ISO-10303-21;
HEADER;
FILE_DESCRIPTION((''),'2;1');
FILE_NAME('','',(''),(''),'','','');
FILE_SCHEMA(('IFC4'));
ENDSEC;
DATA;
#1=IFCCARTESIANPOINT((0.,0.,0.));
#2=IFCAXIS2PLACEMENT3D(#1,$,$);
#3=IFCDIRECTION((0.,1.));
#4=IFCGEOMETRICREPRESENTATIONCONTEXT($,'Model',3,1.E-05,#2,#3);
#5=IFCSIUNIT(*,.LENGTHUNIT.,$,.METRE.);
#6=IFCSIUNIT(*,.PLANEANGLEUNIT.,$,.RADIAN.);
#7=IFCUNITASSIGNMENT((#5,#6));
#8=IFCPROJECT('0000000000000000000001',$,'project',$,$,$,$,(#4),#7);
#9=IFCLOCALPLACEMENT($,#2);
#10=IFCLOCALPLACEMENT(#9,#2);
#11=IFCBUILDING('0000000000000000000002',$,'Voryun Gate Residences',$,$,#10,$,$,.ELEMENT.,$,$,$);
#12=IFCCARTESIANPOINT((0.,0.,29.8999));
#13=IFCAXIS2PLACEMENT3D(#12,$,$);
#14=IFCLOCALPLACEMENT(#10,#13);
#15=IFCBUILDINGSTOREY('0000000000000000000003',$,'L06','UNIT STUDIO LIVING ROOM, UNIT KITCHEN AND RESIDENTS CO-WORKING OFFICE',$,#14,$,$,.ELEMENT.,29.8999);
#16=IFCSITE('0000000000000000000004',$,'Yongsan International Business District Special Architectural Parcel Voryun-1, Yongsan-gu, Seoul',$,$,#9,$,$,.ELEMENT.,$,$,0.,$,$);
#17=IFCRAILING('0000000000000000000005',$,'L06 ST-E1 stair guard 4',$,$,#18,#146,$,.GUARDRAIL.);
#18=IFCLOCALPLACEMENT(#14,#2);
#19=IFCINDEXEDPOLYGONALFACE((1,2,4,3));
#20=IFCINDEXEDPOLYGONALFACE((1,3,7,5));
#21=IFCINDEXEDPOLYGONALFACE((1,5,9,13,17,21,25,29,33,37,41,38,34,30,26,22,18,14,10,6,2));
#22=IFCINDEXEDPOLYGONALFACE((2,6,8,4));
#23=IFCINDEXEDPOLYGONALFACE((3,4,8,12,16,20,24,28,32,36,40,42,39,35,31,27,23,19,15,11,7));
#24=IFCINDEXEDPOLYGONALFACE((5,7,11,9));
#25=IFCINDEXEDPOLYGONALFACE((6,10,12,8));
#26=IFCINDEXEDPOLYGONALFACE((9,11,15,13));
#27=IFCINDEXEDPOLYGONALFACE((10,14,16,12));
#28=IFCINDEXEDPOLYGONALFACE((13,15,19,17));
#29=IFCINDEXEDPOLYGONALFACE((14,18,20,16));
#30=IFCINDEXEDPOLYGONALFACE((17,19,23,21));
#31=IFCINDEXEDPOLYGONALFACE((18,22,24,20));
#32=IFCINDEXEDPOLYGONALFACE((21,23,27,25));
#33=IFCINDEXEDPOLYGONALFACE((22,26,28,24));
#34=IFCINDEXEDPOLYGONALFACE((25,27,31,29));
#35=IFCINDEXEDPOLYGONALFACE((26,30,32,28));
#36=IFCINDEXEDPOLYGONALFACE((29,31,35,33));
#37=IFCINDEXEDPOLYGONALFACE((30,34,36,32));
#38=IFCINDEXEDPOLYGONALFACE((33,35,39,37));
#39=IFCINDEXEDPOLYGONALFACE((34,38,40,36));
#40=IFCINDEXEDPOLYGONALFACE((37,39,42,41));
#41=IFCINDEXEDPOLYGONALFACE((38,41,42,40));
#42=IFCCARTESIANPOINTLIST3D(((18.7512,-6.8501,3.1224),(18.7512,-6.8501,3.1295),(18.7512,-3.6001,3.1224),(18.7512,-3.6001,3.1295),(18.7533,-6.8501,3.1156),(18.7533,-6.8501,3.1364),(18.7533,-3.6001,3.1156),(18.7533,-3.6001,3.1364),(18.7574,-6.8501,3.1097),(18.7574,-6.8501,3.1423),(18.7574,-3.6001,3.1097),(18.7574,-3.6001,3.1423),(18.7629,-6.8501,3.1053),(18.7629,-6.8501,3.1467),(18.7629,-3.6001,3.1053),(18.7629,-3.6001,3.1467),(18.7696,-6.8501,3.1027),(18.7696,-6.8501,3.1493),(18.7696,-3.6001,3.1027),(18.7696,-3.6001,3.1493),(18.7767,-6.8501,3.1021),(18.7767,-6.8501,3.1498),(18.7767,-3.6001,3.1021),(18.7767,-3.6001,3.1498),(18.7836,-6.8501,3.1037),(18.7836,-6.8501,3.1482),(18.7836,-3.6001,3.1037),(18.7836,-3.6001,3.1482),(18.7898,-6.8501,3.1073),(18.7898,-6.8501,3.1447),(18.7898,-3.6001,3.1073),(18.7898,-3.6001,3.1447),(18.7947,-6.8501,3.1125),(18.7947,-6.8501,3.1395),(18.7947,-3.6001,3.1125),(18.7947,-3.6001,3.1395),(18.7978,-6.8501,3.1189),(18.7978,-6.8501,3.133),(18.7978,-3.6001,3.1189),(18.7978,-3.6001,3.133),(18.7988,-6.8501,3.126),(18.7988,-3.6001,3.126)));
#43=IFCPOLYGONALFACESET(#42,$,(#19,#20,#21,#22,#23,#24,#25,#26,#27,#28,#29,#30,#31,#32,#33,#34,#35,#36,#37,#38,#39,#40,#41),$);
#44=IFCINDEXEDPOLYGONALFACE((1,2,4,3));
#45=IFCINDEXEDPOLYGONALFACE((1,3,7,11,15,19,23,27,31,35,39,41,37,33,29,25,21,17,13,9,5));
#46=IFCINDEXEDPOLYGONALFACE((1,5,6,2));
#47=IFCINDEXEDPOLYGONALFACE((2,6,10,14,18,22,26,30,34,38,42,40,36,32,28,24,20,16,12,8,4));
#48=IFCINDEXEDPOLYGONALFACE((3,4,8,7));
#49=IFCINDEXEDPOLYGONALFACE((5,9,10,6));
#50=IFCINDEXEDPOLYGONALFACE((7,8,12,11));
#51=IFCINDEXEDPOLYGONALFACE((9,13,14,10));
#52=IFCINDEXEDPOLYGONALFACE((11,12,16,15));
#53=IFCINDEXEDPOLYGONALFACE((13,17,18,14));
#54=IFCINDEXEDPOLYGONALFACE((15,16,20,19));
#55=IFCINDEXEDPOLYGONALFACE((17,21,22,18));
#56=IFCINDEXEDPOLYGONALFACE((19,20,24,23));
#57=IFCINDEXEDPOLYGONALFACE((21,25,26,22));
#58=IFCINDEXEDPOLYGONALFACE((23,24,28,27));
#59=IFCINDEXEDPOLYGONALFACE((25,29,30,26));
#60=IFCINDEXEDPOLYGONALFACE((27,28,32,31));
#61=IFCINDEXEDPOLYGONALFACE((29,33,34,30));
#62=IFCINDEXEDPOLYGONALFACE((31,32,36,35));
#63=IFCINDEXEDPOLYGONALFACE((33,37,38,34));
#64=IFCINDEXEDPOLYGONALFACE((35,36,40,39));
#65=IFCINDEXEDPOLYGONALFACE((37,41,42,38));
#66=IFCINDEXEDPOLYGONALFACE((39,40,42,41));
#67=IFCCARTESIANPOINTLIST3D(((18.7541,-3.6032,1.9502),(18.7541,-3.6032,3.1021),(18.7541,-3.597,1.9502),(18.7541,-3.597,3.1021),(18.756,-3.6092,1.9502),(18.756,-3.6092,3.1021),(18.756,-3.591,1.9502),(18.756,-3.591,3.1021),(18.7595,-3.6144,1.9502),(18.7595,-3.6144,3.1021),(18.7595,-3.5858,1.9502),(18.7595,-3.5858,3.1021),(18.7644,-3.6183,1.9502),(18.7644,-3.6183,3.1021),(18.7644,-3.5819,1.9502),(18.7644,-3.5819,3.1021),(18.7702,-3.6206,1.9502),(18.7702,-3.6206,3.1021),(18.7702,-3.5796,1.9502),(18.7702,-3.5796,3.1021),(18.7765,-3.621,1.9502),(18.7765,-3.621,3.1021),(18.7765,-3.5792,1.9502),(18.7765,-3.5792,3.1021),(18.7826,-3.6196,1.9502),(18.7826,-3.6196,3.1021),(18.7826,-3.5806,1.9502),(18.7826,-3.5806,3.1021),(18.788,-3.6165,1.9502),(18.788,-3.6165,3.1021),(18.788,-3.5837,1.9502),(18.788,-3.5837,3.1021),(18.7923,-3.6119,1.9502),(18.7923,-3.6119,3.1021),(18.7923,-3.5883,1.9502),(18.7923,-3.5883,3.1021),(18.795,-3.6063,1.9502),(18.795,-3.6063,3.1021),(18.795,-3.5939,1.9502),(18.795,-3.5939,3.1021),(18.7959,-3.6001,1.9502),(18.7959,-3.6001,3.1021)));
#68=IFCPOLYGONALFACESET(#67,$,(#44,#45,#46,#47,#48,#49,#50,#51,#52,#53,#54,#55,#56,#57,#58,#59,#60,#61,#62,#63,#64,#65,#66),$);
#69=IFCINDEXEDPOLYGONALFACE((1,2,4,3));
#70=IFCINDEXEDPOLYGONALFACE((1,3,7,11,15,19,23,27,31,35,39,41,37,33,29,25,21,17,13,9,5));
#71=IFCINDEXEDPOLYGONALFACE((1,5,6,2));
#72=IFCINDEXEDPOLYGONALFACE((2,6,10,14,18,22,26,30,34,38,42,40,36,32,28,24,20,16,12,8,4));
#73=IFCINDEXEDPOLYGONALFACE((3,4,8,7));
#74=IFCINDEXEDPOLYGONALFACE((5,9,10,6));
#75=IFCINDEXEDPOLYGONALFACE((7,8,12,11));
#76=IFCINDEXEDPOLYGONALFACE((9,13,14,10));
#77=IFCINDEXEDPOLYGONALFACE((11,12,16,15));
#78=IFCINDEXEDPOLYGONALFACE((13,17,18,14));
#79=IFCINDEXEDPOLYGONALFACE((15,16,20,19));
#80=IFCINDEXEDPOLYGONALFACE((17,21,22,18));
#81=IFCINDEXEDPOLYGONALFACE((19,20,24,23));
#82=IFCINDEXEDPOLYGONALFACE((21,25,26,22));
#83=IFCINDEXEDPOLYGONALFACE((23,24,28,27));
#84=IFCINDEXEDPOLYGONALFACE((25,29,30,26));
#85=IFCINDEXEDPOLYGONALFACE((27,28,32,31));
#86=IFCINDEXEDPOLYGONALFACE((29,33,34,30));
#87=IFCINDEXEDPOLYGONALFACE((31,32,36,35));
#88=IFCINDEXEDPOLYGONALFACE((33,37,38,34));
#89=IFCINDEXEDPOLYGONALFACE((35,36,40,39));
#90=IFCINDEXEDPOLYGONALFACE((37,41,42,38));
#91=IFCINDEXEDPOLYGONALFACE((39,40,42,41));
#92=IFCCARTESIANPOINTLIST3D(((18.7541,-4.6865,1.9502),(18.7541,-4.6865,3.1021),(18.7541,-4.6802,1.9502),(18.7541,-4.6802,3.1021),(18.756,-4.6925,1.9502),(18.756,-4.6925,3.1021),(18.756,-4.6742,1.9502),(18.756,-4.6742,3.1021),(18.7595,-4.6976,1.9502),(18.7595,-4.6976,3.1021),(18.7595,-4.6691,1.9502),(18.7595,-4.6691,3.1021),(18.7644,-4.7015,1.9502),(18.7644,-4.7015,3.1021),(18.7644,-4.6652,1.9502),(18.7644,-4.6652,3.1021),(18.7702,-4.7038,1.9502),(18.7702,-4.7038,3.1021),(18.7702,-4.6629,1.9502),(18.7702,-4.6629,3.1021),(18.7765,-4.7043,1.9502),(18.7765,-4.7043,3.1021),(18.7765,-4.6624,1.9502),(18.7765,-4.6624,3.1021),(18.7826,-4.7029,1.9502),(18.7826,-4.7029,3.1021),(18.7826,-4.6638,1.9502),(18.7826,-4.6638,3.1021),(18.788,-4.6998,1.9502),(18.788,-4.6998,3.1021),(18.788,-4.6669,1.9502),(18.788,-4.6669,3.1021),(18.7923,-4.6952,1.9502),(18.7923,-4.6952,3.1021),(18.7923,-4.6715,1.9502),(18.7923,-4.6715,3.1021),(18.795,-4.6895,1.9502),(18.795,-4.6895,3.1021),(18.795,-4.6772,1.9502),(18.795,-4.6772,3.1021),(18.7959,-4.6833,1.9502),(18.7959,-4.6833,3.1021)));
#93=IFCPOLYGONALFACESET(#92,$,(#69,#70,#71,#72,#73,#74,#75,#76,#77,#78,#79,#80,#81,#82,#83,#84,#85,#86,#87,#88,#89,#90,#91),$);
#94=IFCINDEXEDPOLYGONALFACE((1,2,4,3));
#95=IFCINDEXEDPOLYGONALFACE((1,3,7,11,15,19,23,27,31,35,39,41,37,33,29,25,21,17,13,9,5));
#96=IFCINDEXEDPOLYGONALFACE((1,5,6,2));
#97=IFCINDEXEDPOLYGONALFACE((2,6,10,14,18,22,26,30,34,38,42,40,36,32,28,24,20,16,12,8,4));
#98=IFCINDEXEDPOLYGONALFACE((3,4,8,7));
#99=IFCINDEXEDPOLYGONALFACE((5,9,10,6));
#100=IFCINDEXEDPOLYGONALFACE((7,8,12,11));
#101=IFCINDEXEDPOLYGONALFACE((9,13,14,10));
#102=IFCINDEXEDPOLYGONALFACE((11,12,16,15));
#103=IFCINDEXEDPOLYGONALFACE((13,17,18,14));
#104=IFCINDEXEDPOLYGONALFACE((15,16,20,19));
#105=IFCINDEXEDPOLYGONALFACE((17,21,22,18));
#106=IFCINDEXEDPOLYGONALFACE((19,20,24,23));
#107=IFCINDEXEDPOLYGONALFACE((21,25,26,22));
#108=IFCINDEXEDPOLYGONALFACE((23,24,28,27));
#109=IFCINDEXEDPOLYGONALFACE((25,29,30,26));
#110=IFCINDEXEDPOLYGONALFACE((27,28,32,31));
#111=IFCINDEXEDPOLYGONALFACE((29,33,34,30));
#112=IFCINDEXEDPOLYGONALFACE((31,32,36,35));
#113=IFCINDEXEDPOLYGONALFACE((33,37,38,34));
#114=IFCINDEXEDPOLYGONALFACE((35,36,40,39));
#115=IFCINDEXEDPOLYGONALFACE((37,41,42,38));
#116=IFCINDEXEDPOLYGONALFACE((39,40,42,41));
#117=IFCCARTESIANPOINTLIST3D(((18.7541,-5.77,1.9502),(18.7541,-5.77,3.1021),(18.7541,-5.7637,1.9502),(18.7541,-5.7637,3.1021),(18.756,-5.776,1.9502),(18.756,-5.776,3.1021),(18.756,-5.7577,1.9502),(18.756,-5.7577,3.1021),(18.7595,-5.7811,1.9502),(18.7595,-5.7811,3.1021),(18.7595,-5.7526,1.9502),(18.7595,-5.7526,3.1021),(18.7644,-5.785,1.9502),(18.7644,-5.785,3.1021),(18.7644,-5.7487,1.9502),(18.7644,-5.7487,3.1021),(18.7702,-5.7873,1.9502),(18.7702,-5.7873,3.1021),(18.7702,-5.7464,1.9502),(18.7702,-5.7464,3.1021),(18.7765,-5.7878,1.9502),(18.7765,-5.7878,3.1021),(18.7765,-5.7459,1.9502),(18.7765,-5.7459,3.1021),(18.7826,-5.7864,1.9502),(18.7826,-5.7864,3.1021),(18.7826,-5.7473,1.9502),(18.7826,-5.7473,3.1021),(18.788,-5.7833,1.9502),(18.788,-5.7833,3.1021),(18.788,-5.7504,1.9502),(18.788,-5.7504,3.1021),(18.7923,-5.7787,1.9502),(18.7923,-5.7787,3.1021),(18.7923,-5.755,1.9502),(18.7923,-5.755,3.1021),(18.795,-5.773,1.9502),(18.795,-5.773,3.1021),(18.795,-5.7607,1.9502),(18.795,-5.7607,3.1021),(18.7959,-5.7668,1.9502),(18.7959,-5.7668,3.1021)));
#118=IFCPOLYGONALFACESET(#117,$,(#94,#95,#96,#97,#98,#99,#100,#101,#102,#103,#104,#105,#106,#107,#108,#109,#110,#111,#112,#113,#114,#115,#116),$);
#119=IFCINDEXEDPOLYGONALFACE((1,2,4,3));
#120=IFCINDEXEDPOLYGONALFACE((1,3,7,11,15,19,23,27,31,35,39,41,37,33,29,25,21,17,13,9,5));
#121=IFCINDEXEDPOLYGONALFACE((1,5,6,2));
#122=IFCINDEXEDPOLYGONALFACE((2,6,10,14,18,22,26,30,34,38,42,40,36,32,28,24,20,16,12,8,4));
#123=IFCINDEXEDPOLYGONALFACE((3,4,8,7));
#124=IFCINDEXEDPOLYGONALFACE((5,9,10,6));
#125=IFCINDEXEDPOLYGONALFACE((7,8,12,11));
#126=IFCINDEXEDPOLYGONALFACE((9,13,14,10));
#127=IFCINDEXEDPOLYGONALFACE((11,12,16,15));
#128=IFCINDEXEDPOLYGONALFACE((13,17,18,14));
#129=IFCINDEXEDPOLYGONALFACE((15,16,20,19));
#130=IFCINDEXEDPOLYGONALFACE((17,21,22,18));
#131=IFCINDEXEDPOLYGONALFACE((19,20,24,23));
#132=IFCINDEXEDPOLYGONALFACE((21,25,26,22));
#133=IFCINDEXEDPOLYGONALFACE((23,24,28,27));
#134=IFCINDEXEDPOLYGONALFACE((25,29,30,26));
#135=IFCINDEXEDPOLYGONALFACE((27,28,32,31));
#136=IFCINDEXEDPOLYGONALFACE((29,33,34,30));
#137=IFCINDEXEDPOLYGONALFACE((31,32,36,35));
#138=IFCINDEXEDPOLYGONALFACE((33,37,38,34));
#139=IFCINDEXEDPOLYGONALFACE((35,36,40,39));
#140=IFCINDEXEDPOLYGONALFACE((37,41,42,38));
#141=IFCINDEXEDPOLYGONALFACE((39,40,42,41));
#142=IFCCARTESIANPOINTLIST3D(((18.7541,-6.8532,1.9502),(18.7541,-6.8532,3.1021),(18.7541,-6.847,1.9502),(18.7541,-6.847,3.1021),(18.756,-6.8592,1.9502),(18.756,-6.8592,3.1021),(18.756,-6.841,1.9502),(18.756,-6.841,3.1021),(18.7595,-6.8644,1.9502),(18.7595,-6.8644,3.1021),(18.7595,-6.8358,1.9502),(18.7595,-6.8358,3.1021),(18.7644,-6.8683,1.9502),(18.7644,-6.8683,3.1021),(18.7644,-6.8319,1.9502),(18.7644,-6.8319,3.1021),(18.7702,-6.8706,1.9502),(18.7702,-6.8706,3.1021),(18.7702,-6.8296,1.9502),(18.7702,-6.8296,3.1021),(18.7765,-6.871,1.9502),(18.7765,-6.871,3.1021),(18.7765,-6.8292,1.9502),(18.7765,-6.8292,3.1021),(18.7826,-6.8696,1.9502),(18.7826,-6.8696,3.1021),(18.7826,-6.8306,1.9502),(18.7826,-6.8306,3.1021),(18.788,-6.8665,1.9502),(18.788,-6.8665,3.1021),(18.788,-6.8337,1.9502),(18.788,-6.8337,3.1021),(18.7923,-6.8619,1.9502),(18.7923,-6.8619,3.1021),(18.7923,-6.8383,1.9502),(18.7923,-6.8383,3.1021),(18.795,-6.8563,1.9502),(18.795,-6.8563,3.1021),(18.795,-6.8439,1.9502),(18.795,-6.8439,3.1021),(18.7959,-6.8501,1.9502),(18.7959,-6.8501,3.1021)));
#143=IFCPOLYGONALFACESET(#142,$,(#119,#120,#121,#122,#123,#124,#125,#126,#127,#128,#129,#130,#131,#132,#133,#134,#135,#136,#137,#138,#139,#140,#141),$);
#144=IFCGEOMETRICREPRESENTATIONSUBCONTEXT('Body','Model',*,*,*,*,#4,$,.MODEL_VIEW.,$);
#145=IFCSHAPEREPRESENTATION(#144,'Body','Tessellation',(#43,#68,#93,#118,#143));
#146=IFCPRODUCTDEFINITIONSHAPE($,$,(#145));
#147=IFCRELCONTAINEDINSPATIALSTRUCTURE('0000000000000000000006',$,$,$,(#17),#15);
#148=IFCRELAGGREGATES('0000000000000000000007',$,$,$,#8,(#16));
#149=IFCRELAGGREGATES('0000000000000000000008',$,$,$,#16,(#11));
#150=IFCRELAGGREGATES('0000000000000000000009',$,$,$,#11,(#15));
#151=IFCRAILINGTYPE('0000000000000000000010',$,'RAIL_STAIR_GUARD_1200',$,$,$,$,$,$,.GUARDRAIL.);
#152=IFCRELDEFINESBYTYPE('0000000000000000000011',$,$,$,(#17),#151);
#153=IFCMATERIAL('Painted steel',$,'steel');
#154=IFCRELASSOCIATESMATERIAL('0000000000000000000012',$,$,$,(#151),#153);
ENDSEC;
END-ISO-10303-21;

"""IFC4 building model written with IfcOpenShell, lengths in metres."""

from ifc_helpers import new_model, si_unit, direction, frame, origin, origin_2d, place, context, subcontext, project, spatial, circle, extrude, material, type_object, element, save


model = new_model("IFC4")

# Units and contexts
model_context = context("Model", 3, precision=1e-05, world=origin(), true_north=direction((0.0, 1.0)))
body_context = subcontext(model_context, "Body", "Model", "MODEL_VIEW")
ifc_project = project(units=[si_unit("LENGTHUNIT", "METRE"), si_unit("PLANEANGLEUNIT", "RADIAN")], contexts=[model_context])

# Site, building, storey
site_placement = place(None, origin())
site = spatial("IfcSite", under=ifc_project, at=site_placement, Name="Yongsan International Business District Special Architectural Parcel Voryun-1, Yongsan-gu, Seoul", CompositionType="ELEMENT", RefElevation=0.0)
building_placement = place(site_placement, origin())
building = spatial("IfcBuilding", under=site, at=building_placement, Name="Voryun Gate Residences", CompositionType="ELEMENT")
storey_placement = place(building_placement, frame((0.0, 0.0, 29.8999)))
storey = spatial("IfcBuildingStorey", under=building, at=storey_placement, Name="L06", Description="UNIT STUDIO LIVING ROOM, UNIT KITCHEN AND RESIDENTS CO-WORKING OFFICE", CompositionType="ELEMENT", Elevation=29.8999)

# Railing
ifc_material_1 = material(Name="Painted steel", Category="steel")
railing_type_1 = type_object("IfcRailingType", Name="RAIL_STAIR_GUARD_1200", PredefinedType="GUARDRAIL", material=ifc_material_1)
for number, where, name in (
    (1, (18.7749, -3.6001, 1.9502), "L06 ST-E1 stair guard 4"),
):
    element("IfcRailing", number, at=place(storey_placement, frame(where)), inside=storey, type_object=railing_type_1, Name=name, PredefinedType="GUARDRAIL", context=body_context, shape_type="SweptSolid", body=[
        extrude(circle(Radius=0.0239, at=origin_2d()), frame((0.0, 0.0, 1.1758), z_axis=(0.0, -1.0, 0.0), x_axis=(1.0, 0.0, 0.0)), (0.0, 0.0, 1.0), 3.25),
        extrude(circle(Radius=0.021, at=origin_2d()), origin(), (0.0, 0.0, 1.0), 1.1519),
        extrude(circle(Radius=0.021, at=origin_2d()), frame((0.0, -1.0833, 0.0)), (0.0, 0.0, 1.0), 1.1519),
        extrude(circle(Radius=0.021, at=origin_2d()), frame((0.0, -2.1667, 0.0)), (0.0, 0.0, 1.0), 1.1519),
        extrude(circle(Radius=0.021, at=origin_2d()), frame((0.0, -3.25, 0.0)), (0.0, 0.0, 1.0), 1.1519),
    ])

save(model, "model.ifc")
